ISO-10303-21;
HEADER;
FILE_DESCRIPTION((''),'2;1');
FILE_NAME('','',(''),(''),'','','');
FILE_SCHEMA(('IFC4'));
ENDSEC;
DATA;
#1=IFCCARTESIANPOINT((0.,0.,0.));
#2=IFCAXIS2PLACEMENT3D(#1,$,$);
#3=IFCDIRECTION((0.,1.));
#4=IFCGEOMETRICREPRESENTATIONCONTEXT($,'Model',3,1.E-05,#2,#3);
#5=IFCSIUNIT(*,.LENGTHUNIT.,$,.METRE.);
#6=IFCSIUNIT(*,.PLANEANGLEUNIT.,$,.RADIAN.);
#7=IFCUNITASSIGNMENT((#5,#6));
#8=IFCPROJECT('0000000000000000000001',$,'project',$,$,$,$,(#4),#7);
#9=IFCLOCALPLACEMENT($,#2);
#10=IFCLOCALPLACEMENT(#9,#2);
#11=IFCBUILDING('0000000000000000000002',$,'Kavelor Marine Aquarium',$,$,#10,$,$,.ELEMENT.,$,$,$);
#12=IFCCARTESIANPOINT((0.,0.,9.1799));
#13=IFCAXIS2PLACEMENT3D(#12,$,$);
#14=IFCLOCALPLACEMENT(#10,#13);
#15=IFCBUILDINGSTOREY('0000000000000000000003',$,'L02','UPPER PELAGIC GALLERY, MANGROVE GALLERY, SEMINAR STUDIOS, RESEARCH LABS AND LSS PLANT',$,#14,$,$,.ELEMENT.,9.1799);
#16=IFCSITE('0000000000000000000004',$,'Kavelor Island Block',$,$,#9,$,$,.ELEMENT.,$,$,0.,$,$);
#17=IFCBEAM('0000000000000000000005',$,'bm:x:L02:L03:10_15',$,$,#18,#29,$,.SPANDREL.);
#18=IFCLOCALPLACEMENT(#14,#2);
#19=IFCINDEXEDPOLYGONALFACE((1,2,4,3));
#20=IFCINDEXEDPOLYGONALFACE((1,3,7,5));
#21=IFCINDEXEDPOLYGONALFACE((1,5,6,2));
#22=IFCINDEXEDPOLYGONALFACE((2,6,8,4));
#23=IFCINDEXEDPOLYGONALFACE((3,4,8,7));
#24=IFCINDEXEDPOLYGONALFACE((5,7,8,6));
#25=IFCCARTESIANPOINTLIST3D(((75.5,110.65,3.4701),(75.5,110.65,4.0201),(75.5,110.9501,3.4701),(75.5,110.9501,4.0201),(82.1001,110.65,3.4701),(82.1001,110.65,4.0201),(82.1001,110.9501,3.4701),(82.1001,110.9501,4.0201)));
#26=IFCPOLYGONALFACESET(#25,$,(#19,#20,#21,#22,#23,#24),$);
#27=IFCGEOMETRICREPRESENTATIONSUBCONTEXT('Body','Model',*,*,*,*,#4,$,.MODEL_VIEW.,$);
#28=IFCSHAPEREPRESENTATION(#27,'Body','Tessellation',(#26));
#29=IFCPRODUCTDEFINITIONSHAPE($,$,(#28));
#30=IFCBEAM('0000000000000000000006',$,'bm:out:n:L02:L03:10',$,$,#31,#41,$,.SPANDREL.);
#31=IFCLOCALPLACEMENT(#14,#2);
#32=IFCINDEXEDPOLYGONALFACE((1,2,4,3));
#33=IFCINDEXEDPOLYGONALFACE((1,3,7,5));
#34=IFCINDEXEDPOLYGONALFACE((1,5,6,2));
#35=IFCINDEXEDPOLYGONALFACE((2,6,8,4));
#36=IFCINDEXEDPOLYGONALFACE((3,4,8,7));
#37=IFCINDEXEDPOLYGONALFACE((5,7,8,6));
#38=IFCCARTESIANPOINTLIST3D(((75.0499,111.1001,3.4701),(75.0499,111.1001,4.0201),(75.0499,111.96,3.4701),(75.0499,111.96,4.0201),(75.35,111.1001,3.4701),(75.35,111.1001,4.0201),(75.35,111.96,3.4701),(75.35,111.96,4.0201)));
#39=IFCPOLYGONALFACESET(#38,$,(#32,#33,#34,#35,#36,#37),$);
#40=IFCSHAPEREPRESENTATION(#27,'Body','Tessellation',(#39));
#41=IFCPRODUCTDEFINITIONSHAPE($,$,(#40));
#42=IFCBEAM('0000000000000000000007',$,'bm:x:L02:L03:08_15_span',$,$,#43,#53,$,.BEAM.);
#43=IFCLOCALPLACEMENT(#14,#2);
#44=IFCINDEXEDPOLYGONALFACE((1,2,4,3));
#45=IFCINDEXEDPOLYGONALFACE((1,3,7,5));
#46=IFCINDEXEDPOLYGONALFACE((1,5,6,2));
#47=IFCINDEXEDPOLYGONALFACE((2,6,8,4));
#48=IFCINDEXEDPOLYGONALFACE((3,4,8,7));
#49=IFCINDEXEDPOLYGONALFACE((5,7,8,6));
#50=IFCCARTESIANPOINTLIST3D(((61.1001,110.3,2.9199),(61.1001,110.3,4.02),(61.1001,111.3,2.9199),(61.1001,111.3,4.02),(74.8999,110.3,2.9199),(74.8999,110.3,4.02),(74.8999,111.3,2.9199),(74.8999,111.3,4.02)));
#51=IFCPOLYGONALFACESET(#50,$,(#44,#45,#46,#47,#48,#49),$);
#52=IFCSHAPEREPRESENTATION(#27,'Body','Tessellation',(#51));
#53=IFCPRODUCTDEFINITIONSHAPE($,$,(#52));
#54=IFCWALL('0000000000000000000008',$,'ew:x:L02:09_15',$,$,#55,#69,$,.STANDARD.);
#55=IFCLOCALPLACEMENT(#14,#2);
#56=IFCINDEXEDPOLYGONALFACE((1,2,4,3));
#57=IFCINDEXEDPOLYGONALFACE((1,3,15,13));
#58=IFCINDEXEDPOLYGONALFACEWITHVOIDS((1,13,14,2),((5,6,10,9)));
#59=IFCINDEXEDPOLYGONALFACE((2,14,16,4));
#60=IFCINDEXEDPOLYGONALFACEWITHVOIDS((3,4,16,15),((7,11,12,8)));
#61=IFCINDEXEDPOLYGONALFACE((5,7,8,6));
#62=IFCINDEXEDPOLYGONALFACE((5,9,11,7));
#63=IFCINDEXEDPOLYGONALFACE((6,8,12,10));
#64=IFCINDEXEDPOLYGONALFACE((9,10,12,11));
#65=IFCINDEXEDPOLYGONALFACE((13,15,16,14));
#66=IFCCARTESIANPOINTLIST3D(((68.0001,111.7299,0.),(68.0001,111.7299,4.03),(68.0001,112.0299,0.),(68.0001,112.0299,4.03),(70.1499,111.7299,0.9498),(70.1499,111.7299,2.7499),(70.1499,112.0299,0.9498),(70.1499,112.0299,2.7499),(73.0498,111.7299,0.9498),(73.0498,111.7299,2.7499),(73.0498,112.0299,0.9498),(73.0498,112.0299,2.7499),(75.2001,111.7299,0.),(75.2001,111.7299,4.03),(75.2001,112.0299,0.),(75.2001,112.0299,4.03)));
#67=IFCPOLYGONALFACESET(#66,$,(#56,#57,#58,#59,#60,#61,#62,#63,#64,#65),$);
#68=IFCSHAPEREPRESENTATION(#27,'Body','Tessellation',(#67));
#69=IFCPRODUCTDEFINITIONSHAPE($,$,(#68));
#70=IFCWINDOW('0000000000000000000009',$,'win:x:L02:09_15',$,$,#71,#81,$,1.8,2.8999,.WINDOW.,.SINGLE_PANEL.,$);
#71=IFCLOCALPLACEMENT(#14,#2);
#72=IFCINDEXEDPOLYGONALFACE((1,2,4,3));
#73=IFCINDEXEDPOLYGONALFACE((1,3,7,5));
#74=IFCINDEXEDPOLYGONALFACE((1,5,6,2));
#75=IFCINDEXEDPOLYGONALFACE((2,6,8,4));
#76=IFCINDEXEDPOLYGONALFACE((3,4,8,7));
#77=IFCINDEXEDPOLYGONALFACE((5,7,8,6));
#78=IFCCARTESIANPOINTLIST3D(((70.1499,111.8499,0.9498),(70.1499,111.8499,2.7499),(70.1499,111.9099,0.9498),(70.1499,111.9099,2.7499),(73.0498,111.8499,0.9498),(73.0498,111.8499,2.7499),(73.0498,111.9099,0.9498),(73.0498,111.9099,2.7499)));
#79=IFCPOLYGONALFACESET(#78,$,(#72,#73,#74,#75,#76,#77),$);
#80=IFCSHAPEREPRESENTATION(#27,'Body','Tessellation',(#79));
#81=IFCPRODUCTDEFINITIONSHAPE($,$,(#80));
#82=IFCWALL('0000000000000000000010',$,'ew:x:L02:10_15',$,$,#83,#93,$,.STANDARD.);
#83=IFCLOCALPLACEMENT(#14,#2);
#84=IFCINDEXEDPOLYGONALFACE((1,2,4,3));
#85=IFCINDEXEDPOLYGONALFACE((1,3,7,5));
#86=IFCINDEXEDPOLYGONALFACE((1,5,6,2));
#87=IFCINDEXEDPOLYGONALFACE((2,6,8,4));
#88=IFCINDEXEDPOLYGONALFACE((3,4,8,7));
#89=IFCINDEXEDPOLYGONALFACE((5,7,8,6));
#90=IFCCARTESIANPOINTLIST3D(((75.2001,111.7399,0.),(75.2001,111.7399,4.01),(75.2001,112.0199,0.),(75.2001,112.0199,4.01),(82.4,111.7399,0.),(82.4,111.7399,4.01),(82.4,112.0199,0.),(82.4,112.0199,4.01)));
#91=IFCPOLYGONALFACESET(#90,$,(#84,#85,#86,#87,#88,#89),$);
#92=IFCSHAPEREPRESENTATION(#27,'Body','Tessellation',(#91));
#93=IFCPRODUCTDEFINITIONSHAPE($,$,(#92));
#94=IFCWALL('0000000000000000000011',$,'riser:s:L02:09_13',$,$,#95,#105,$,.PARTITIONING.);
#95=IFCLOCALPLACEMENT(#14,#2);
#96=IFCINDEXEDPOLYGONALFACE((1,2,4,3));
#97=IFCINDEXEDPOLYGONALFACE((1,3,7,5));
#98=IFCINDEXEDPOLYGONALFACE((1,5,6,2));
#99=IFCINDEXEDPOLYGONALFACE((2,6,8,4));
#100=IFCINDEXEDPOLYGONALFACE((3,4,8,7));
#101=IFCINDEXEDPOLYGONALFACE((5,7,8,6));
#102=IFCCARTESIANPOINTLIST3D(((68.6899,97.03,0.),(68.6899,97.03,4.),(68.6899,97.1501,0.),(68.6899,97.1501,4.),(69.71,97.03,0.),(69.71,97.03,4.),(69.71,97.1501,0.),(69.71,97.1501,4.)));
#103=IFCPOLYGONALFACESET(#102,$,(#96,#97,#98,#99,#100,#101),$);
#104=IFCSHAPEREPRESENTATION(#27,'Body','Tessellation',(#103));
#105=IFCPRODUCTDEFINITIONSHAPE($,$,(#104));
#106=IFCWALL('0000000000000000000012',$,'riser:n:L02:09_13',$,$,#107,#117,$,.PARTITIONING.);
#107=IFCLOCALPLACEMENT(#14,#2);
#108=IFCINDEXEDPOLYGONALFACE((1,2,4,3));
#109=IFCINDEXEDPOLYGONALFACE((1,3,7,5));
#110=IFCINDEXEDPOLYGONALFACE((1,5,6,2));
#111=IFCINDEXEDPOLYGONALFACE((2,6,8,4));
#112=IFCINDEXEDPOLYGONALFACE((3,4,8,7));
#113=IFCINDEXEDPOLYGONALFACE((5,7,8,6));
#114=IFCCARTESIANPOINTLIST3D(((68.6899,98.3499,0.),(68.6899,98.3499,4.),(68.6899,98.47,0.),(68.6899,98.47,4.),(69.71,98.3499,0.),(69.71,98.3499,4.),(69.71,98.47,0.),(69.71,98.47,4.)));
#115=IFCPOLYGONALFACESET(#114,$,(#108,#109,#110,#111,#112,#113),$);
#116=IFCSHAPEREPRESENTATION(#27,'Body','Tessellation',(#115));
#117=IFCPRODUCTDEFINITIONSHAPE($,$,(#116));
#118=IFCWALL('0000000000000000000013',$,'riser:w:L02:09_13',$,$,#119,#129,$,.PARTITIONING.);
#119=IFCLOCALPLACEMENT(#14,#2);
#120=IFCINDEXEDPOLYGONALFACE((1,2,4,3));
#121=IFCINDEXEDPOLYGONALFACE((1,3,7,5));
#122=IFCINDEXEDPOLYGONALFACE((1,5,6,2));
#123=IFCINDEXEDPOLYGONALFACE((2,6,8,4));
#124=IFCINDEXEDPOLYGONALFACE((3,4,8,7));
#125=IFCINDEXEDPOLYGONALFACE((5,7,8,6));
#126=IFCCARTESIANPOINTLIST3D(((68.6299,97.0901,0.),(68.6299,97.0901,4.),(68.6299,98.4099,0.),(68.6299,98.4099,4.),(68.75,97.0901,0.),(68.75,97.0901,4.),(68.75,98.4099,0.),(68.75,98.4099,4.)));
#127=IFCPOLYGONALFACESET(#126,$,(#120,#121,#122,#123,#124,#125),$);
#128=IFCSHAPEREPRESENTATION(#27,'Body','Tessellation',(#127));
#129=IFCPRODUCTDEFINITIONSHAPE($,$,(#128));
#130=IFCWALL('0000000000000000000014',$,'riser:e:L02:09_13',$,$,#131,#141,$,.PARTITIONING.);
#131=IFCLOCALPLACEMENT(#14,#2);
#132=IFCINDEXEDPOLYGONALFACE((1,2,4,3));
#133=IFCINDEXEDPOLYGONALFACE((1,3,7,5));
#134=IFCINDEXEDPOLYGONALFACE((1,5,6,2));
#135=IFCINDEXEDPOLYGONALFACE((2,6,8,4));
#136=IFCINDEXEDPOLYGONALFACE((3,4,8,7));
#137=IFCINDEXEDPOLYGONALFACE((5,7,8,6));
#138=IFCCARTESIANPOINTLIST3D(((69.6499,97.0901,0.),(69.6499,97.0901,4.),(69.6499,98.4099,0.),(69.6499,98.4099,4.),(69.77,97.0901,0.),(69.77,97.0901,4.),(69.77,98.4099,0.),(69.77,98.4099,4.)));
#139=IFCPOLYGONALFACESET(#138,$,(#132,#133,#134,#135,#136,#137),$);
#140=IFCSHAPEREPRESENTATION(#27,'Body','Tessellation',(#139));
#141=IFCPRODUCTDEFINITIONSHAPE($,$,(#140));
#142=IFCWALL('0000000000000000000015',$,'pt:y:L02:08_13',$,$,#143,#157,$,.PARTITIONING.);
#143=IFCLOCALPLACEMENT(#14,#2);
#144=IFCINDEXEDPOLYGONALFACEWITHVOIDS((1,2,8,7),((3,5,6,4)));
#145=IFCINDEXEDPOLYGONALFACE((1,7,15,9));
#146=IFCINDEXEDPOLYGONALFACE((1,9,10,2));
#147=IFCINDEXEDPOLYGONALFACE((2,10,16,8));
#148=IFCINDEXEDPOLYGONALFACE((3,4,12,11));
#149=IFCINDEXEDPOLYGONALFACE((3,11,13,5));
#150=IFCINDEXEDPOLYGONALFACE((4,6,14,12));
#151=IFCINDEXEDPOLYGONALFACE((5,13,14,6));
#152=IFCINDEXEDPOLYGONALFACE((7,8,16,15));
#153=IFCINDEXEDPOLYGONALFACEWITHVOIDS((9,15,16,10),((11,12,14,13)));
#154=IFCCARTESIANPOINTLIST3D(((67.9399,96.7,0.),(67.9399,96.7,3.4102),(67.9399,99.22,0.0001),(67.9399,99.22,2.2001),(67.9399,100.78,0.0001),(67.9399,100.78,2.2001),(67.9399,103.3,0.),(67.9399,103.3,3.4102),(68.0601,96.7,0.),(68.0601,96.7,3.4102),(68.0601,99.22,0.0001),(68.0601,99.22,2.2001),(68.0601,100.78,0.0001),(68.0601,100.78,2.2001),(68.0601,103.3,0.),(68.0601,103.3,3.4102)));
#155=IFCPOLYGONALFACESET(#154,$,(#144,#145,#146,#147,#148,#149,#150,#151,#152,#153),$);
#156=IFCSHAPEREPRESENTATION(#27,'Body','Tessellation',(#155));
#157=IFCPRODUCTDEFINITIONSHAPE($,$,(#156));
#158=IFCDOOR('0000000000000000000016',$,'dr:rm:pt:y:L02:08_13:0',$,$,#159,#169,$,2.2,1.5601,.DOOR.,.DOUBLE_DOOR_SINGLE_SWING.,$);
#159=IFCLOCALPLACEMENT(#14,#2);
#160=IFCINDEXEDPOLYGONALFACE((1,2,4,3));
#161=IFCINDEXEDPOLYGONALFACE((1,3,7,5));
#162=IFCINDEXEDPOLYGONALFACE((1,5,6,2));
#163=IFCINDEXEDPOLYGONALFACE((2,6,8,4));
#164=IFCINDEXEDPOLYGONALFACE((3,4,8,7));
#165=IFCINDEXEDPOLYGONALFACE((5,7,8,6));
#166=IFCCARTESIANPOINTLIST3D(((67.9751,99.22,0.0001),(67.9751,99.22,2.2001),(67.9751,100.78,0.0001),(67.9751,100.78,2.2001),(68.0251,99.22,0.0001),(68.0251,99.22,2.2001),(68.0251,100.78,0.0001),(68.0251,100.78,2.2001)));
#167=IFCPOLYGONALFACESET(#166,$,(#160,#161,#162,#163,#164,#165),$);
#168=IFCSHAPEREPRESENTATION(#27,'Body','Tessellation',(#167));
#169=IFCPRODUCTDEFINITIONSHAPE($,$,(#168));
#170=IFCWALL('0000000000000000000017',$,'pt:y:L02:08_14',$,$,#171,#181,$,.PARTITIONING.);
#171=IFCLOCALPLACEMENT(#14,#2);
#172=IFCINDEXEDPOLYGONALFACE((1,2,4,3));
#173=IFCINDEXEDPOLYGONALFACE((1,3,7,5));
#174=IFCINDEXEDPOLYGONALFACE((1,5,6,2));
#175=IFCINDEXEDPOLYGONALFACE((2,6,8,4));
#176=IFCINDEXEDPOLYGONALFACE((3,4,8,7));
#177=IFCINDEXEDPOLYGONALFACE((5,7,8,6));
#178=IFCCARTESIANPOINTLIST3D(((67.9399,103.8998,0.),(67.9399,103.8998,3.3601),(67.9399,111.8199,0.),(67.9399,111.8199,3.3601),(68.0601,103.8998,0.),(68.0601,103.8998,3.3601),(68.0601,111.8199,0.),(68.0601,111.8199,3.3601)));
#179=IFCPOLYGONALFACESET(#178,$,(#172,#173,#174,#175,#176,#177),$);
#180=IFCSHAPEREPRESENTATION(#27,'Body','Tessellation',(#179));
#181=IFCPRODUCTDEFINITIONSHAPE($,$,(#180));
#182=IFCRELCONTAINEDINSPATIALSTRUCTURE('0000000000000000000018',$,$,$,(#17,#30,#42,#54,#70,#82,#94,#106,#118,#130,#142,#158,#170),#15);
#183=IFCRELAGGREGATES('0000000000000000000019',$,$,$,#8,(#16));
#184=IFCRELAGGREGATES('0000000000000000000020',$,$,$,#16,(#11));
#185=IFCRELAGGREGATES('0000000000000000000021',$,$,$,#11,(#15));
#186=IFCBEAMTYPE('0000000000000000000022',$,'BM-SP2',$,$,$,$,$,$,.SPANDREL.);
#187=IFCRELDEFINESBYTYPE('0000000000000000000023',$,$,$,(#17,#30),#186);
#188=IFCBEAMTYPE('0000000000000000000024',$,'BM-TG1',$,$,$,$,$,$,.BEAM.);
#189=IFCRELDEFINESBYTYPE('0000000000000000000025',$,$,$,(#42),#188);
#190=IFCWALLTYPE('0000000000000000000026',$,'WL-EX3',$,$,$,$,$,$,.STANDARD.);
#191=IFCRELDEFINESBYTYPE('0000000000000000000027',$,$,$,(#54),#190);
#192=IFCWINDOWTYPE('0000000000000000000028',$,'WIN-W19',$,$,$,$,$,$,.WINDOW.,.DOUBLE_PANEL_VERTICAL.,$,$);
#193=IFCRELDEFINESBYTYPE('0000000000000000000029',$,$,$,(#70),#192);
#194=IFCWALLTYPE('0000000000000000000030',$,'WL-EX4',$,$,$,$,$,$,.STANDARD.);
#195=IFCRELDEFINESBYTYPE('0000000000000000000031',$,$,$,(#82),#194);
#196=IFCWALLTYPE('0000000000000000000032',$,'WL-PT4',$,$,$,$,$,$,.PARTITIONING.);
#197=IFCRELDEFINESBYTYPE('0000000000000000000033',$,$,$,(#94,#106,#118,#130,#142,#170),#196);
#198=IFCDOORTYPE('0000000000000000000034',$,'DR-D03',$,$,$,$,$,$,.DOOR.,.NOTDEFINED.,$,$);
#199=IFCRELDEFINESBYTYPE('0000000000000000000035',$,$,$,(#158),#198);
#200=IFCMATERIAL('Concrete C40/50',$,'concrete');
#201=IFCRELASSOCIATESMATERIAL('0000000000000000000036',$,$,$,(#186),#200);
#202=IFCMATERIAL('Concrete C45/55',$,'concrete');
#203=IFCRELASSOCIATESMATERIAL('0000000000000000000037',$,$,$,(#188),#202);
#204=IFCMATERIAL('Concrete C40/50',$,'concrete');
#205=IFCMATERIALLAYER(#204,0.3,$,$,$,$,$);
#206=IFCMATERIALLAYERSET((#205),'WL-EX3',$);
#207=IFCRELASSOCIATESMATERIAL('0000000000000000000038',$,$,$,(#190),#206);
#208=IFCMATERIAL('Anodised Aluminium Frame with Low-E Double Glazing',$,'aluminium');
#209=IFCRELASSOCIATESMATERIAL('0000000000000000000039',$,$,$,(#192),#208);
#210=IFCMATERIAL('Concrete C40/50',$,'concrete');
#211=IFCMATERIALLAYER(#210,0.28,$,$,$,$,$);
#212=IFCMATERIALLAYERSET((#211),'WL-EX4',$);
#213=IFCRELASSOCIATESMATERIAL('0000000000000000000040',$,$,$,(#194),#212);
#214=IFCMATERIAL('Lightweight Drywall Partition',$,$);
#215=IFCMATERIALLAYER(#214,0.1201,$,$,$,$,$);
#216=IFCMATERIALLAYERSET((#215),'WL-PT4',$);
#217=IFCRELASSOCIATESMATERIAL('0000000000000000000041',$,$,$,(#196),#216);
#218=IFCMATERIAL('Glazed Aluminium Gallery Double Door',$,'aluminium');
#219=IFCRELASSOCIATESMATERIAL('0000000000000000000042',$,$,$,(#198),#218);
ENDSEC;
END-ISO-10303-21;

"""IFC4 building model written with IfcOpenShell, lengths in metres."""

from ifc_helpers import new_model, si_unit, direction, frame, frame_2d, origin, origin_2d, place, context, subcontext, project, spatial, rectangle, extrude, material, layer, layer_set, material_profile, profile_set, type_object, element, fill, save


model = new_model("IFC4")

# Units and contexts
model_context = context("Model", 3, precision=1e-05, world=origin(), true_north=direction((0.0, 1.0)))
body_context = subcontext(model_context, "Body", "Model", "MODEL_VIEW")
ifc_project = project(units=[si_unit("LENGTHUNIT", "METRE"), si_unit("PLANEANGLEUNIT", "RADIAN")], contexts=[model_context])

# Site, building, storey
site_placement = place(None, origin())
site = spatial("IfcSite", under=ifc_project, at=site_placement, Name="Kavelor Island Block", CompositionType="ELEMENT", RefElevation=0.0)
building_placement = place(site_placement, origin())
building = spatial("IfcBuilding", under=site, at=building_placement, Name="Kavelor Marine Aquarium", CompositionType="ELEMENT")
storey_placement = place(building_placement, frame((0.0, 0.0, 9.1799)))
storey = spatial("IfcBuildingStorey", under=building, at=storey_placement, Name="L02", Description="UPPER PELAGIC GALLERY, MANGROVE GALLERY, SEMINAR STUDIOS, RESEARCH LABS AND LSS PLANT", CompositionType="ELEMENT", Elevation=9.1799)

# Beams
ifc_material_1 = material(Name="Concrete C40/50", Category="concrete")
ifc_material_profile_1 = material_profile(ifc_material_1, rectangle(XDim=0.3, YDim=0.55, at=origin_2d()), Name="RC-SP 300x550")
ifc_profile_set_1 = profile_set([ifc_material_profile_1], Name="Concrete C40/50")
beam_type_1 = type_object("IfcBeamType", Name="BM-SP2", PredefinedType="SPANDREL", material=ifc_profile_set_1)
beam_1_placement = place(storey_placement, frame((75.5, 110.8, 3.7451), z_axis=(1.0, 0.0, 0.0), x_axis=(0.0, 1.0, 0.0)))
element("IfcBeam", 1, at=beam_1_placement, inside=storey, type_object=beam_type_1, Name="bm:x:L02:L03:10_15", PredefinedType="SPANDREL", context=body_context, shape_type="SweptSolid", body=[
    extrude(rectangle(XDim=0.3, YDim=0.55, at=origin_2d()), origin(), (0.0, 0.0, 1.0), 6.6001),
])
beam_2_placement = place(storey_placement, frame((75.2, 111.1001, 3.7451), z_axis=(0.0, 1.0, 0.0), x_axis=(-1.0, 0.0, 0.0)))
element("IfcBeam", 2, at=beam_2_placement, inside=storey, type_object=beam_type_1, Name="bm:out:n:L02:L03:10", PredefinedType="SPANDREL", context=body_context, shape_type="SweptSolid", body=[
    extrude(rectangle(XDim=0.3, YDim=0.55, at=origin_2d()), origin(), (0.0, 0.0, 1.0), 0.8599),
])
ifc_material_2 = material(Name="Concrete C45/55", Category="concrete")
ifc_material_profile_2 = material_profile(ifc_material_2, rectangle(XDim=1.0, YDim=1.1001, at=origin_2d()), Name="RC-TG 1000x1100")
ifc_profile_set_2 = profile_set([ifc_material_profile_2], Name="Concrete C45/55")
beam_type_2 = type_object("IfcBeamType", Name="BM-TG1", PredefinedType="BEAM", material=ifc_profile_set_2)
beam_3_placement = place(storey_placement, frame((61.1001, 110.8, 3.47), z_axis=(1.0, 0.0, 0.0), x_axis=(0.0, 1.0, 0.0)))
element("IfcBeam", 3, at=beam_3_placement, inside=storey, type_object=beam_type_2, Name="bm:x:L02:L03:08_15_span", PredefinedType="BEAM", context=body_context, shape_type="SweptSolid", body=[
    extrude(rectangle(XDim=1.0, YDim=1.1001, at=origin_2d()), origin(), (0.0, 0.0, 1.0), 13.7998),
])

# Wall, opening, window
ifc_material_3 = material(Name="Concrete C40/50", Category="concrete")
ifc_layer_1 = layer(ifc_material_3, 0.3)
ifc_layer_set_1 = layer_set([ifc_layer_1], Name="WL-EX3")
wall_type_1 = type_object("IfcWallType", Name="WL-EX3", PredefinedType="STANDARD", material=ifc_layer_set_1)
wall_1_placement = place(storey_placement, frame((68.0, 111.8799, 0.0), z_axis=(0.0, 0.0, 1.0), x_axis=(1.0, 0.0, 0.0)))
wall_1 = element("IfcWall", 4, at=wall_1_placement, inside=storey, type_object=wall_type_1, Name="ew:x:L02:09_15", PredefinedType="STANDARD", context=body_context, shape_type="SweptSolid", body=[
    extrude(rectangle(XDim=7.2, YDim=0.3, at=frame_2d((3.6001, 0.0))), origin(), (0.0, 0.0, 1.0), 4.03),
])
opening_1_placement = place(wall_1_placement, frame((2.1499, 0.0, 0.95)))
opening_1 = element("IfcOpeningElement", 5, at=opening_1_placement, cuts=wall_1, PredefinedType="OPENING", context=body_context, shape_type="SweptSolid", body=[
    extrude(rectangle(XDim=2.8999, YDim=1.8, at=frame_2d((1.45, 0.8999))), frame((0.0, 0.1599, 0.0), z_axis=(0.0, -1.0, 0.0), x_axis=(1.0, 0.0, 0.0)), (0.0, 0.0, 1.0), 0.32),
])
ifc_material_4 = material(Name="Anodised Aluminium Frame with Low-E Double Glazing", Category="aluminium")
window_type = type_object("IfcWindowType", Name="WIN-W19", PartitioningType="DOUBLE_PANEL_VERTICAL", PredefinedType="WINDOW", material=ifc_material_4)
window_placement = place(opening_1_placement, origin())
window = element("IfcWindow", 6, at=window_placement, inside=storey, type_object=window_type, Name="win:x:L02:09_15", OverallHeight=1.8, OverallWidth=2.8999, PartitioningType="SINGLE_PANEL", PredefinedType="WINDOW", context=body_context, shape_type="SweptSolid", body=[
    extrude(rectangle(XDim=2.8999, YDim=1.8, at=frame_2d((1.45, 0.8999))), frame((0.0, 0.03, 0.0), z_axis=(0.0, -1.0, 0.0), x_axis=(1.0, 0.0, 0.0)), (0.0, 0.0, 1.0), 0.0601),
])
fill(opening_1, window)

# Walls
ifc_material_5 = material(Name="Concrete C40/50", Category="concrete")
ifc_layer_2 = layer(ifc_material_5, 0.28)
ifc_layer_set_2 = layer_set([ifc_layer_2], Name="WL-EX4")
wall_type_2 = type_object("IfcWallType", Name="WL-EX4", PredefinedType="STANDARD", material=ifc_layer_set_2)
wall_2_placement = place(storey_placement, frame((75.2, 111.8799, 0.0), z_axis=(0.0, 0.0, 1.0), x_axis=(1.0, 0.0, 0.0)))
element("IfcWall", 7, at=wall_2_placement, inside=storey, type_object=wall_type_2, Name="ew:x:L02:10_15", PredefinedType="STANDARD", context=body_context, shape_type="SweptSolid", body=[
    extrude(rectangle(XDim=7.2, YDim=0.28, at=frame_2d((3.6001, 0.0))), origin(), (0.0, 0.0, 1.0), 4.01),
])
ifc_material_6 = material(Name="Lightweight Drywall Partition")
ifc_layer_3 = layer(ifc_material_6, 0.1201)
ifc_layer_set_3 = layer_set([ifc_layer_3], Name="WL-PT4")
wall_type_3 = type_object("IfcWallType", Name="WL-PT4", PredefinedType="PARTITIONING", material=ifc_layer_set_3)
for number, where, z_axis, x_axis, name in (
    (8, (68.6899, 97.0901, 0.0), (0.0, 0.0, 1.0), (1.0, 0.0, 0.0), "riser:s:L02:09_13"),
    (9, (68.6899, 98.4099, 0.0), (0.0, 0.0, 1.0), (1.0, 0.0, 0.0), "riser:n:L02:09_13"),
):
    element("IfcWall", number, at=place(storey_placement, frame(where, z_axis=z_axis, x_axis=x_axis)), inside=storey, type_object=wall_type_3, Name=name, PredefinedType="PARTITIONING", context=body_context, shape_type="SweptSolid", body=[
        extrude(rectangle(XDim=1.02, YDim=0.1201, at=frame_2d((0.51, 0.0))), origin(), (0.0, 0.0, 1.0), 4.0),
    ])
for number, where, z_axis, x_axis, name in (
    (10, (68.6899, 97.0901, 0.0), (0.0, 0.0, 1.0), (0.0, 1.0, 0.0), "riser:w:L02:09_13"),
    (11, (69.71, 97.0901, 0.0), (0.0, 0.0, 1.0), (0.0, 1.0, 0.0), "riser:e:L02:09_13"),
):
    element("IfcWall", number, at=place(storey_placement, frame(where, z_axis=z_axis, x_axis=x_axis)), inside=storey, type_object=wall_type_3, Name=name, PredefinedType="PARTITIONING", context=body_context, shape_type="SweptSolid", body=[
        extrude(rectangle(XDim=1.3198, YDim=0.1201, at=frame_2d((0.6599, 0.0))), origin(), (0.0, 0.0, 1.0), 4.0),
    ])

# Wall, opening, door
wall_3_placement = place(storey_placement, frame((68.0, 96.7, 0.0), z_axis=(0.0, 0.0, 1.0), x_axis=(0.0, 1.0, 0.0)))
wall_3 = element("IfcWall", 12, at=wall_3_placement, inside=storey, type_object=wall_type_3, Name="pt:y:L02:08_13", PredefinedType="PARTITIONING", context=body_context, shape_type="SweptSolid", body=[
    extrude(rectangle(XDim=6.6001, YDim=0.1201, at=frame_2d((3.3, 0.0))), origin(), (0.0, 0.0, 1.0), 3.4102),
])
opening_2_placement = place(wall_3_placement, frame((2.52, 0.0, 0.0)))
opening_2 = element("IfcOpeningElement", 13, at=opening_2_placement, cuts=wall_3, PredefinedType="OPENING", context=body_context, shape_type="SweptSolid", body=[
    extrude(rectangle(XDim=1.5601, YDim=2.2, at=frame_2d((0.78, 1.1001))), frame((0.0, 0.0701, 0.0), z_axis=(0.0, -1.0, 0.0), x_axis=(1.0, 0.0, 0.0)), (0.0, 0.0, 1.0), 0.1401),
])
ifc_material_7 = material(Name="Glazed Aluminium Gallery Double Door", Category="aluminium")
door_type = type_object("IfcDoorType", Name="DR-D03", OperationType="NOTDEFINED", PredefinedType="DOOR", material=ifc_material_7)
door_placement = place(opening_2_placement, origin())
door = element("IfcDoor", 14, at=door_placement, inside=storey, type_object=door_type, Name="dr:rm:pt:y:L02:08_13:0", OperationType="DOUBLE_DOOR_SINGLE_SWING", OverallHeight=2.2, OverallWidth=1.5601, PredefinedType="DOOR", context=body_context, shape_type="SweptSolid", body=[
    extrude(rectangle(XDim=1.5601, YDim=2.2, at=frame_2d((0.78, 1.1001))), frame((0.0, 0.0249, 0.0), z_axis=(0.0, -1.0, 0.0), x_axis=(1.0, 0.0, 0.0)), (0.0, 0.0, 1.0), 0.05),
])
fill(opening_2, door)

# Wall
wall_4_placement = place(storey_placement, frame((68.0, 103.8999, 0.0), z_axis=(0.0, 0.0, 1.0), x_axis=(0.0, 1.0, 0.0)))
element("IfcWall", 15, at=wall_4_placement, inside=storey, type_object=wall_type_3, Name="pt:y:L02:08_14", PredefinedType="PARTITIONING", context=body_context, shape_type="SweptSolid", body=[
    extrude(rectangle(XDim=7.9202, YDim=0.1201, at=frame_2d((3.96, 0.0))), origin(), (0.0, 0.0, 1.0), 3.3601),
])

save(model, "model.ifc")
